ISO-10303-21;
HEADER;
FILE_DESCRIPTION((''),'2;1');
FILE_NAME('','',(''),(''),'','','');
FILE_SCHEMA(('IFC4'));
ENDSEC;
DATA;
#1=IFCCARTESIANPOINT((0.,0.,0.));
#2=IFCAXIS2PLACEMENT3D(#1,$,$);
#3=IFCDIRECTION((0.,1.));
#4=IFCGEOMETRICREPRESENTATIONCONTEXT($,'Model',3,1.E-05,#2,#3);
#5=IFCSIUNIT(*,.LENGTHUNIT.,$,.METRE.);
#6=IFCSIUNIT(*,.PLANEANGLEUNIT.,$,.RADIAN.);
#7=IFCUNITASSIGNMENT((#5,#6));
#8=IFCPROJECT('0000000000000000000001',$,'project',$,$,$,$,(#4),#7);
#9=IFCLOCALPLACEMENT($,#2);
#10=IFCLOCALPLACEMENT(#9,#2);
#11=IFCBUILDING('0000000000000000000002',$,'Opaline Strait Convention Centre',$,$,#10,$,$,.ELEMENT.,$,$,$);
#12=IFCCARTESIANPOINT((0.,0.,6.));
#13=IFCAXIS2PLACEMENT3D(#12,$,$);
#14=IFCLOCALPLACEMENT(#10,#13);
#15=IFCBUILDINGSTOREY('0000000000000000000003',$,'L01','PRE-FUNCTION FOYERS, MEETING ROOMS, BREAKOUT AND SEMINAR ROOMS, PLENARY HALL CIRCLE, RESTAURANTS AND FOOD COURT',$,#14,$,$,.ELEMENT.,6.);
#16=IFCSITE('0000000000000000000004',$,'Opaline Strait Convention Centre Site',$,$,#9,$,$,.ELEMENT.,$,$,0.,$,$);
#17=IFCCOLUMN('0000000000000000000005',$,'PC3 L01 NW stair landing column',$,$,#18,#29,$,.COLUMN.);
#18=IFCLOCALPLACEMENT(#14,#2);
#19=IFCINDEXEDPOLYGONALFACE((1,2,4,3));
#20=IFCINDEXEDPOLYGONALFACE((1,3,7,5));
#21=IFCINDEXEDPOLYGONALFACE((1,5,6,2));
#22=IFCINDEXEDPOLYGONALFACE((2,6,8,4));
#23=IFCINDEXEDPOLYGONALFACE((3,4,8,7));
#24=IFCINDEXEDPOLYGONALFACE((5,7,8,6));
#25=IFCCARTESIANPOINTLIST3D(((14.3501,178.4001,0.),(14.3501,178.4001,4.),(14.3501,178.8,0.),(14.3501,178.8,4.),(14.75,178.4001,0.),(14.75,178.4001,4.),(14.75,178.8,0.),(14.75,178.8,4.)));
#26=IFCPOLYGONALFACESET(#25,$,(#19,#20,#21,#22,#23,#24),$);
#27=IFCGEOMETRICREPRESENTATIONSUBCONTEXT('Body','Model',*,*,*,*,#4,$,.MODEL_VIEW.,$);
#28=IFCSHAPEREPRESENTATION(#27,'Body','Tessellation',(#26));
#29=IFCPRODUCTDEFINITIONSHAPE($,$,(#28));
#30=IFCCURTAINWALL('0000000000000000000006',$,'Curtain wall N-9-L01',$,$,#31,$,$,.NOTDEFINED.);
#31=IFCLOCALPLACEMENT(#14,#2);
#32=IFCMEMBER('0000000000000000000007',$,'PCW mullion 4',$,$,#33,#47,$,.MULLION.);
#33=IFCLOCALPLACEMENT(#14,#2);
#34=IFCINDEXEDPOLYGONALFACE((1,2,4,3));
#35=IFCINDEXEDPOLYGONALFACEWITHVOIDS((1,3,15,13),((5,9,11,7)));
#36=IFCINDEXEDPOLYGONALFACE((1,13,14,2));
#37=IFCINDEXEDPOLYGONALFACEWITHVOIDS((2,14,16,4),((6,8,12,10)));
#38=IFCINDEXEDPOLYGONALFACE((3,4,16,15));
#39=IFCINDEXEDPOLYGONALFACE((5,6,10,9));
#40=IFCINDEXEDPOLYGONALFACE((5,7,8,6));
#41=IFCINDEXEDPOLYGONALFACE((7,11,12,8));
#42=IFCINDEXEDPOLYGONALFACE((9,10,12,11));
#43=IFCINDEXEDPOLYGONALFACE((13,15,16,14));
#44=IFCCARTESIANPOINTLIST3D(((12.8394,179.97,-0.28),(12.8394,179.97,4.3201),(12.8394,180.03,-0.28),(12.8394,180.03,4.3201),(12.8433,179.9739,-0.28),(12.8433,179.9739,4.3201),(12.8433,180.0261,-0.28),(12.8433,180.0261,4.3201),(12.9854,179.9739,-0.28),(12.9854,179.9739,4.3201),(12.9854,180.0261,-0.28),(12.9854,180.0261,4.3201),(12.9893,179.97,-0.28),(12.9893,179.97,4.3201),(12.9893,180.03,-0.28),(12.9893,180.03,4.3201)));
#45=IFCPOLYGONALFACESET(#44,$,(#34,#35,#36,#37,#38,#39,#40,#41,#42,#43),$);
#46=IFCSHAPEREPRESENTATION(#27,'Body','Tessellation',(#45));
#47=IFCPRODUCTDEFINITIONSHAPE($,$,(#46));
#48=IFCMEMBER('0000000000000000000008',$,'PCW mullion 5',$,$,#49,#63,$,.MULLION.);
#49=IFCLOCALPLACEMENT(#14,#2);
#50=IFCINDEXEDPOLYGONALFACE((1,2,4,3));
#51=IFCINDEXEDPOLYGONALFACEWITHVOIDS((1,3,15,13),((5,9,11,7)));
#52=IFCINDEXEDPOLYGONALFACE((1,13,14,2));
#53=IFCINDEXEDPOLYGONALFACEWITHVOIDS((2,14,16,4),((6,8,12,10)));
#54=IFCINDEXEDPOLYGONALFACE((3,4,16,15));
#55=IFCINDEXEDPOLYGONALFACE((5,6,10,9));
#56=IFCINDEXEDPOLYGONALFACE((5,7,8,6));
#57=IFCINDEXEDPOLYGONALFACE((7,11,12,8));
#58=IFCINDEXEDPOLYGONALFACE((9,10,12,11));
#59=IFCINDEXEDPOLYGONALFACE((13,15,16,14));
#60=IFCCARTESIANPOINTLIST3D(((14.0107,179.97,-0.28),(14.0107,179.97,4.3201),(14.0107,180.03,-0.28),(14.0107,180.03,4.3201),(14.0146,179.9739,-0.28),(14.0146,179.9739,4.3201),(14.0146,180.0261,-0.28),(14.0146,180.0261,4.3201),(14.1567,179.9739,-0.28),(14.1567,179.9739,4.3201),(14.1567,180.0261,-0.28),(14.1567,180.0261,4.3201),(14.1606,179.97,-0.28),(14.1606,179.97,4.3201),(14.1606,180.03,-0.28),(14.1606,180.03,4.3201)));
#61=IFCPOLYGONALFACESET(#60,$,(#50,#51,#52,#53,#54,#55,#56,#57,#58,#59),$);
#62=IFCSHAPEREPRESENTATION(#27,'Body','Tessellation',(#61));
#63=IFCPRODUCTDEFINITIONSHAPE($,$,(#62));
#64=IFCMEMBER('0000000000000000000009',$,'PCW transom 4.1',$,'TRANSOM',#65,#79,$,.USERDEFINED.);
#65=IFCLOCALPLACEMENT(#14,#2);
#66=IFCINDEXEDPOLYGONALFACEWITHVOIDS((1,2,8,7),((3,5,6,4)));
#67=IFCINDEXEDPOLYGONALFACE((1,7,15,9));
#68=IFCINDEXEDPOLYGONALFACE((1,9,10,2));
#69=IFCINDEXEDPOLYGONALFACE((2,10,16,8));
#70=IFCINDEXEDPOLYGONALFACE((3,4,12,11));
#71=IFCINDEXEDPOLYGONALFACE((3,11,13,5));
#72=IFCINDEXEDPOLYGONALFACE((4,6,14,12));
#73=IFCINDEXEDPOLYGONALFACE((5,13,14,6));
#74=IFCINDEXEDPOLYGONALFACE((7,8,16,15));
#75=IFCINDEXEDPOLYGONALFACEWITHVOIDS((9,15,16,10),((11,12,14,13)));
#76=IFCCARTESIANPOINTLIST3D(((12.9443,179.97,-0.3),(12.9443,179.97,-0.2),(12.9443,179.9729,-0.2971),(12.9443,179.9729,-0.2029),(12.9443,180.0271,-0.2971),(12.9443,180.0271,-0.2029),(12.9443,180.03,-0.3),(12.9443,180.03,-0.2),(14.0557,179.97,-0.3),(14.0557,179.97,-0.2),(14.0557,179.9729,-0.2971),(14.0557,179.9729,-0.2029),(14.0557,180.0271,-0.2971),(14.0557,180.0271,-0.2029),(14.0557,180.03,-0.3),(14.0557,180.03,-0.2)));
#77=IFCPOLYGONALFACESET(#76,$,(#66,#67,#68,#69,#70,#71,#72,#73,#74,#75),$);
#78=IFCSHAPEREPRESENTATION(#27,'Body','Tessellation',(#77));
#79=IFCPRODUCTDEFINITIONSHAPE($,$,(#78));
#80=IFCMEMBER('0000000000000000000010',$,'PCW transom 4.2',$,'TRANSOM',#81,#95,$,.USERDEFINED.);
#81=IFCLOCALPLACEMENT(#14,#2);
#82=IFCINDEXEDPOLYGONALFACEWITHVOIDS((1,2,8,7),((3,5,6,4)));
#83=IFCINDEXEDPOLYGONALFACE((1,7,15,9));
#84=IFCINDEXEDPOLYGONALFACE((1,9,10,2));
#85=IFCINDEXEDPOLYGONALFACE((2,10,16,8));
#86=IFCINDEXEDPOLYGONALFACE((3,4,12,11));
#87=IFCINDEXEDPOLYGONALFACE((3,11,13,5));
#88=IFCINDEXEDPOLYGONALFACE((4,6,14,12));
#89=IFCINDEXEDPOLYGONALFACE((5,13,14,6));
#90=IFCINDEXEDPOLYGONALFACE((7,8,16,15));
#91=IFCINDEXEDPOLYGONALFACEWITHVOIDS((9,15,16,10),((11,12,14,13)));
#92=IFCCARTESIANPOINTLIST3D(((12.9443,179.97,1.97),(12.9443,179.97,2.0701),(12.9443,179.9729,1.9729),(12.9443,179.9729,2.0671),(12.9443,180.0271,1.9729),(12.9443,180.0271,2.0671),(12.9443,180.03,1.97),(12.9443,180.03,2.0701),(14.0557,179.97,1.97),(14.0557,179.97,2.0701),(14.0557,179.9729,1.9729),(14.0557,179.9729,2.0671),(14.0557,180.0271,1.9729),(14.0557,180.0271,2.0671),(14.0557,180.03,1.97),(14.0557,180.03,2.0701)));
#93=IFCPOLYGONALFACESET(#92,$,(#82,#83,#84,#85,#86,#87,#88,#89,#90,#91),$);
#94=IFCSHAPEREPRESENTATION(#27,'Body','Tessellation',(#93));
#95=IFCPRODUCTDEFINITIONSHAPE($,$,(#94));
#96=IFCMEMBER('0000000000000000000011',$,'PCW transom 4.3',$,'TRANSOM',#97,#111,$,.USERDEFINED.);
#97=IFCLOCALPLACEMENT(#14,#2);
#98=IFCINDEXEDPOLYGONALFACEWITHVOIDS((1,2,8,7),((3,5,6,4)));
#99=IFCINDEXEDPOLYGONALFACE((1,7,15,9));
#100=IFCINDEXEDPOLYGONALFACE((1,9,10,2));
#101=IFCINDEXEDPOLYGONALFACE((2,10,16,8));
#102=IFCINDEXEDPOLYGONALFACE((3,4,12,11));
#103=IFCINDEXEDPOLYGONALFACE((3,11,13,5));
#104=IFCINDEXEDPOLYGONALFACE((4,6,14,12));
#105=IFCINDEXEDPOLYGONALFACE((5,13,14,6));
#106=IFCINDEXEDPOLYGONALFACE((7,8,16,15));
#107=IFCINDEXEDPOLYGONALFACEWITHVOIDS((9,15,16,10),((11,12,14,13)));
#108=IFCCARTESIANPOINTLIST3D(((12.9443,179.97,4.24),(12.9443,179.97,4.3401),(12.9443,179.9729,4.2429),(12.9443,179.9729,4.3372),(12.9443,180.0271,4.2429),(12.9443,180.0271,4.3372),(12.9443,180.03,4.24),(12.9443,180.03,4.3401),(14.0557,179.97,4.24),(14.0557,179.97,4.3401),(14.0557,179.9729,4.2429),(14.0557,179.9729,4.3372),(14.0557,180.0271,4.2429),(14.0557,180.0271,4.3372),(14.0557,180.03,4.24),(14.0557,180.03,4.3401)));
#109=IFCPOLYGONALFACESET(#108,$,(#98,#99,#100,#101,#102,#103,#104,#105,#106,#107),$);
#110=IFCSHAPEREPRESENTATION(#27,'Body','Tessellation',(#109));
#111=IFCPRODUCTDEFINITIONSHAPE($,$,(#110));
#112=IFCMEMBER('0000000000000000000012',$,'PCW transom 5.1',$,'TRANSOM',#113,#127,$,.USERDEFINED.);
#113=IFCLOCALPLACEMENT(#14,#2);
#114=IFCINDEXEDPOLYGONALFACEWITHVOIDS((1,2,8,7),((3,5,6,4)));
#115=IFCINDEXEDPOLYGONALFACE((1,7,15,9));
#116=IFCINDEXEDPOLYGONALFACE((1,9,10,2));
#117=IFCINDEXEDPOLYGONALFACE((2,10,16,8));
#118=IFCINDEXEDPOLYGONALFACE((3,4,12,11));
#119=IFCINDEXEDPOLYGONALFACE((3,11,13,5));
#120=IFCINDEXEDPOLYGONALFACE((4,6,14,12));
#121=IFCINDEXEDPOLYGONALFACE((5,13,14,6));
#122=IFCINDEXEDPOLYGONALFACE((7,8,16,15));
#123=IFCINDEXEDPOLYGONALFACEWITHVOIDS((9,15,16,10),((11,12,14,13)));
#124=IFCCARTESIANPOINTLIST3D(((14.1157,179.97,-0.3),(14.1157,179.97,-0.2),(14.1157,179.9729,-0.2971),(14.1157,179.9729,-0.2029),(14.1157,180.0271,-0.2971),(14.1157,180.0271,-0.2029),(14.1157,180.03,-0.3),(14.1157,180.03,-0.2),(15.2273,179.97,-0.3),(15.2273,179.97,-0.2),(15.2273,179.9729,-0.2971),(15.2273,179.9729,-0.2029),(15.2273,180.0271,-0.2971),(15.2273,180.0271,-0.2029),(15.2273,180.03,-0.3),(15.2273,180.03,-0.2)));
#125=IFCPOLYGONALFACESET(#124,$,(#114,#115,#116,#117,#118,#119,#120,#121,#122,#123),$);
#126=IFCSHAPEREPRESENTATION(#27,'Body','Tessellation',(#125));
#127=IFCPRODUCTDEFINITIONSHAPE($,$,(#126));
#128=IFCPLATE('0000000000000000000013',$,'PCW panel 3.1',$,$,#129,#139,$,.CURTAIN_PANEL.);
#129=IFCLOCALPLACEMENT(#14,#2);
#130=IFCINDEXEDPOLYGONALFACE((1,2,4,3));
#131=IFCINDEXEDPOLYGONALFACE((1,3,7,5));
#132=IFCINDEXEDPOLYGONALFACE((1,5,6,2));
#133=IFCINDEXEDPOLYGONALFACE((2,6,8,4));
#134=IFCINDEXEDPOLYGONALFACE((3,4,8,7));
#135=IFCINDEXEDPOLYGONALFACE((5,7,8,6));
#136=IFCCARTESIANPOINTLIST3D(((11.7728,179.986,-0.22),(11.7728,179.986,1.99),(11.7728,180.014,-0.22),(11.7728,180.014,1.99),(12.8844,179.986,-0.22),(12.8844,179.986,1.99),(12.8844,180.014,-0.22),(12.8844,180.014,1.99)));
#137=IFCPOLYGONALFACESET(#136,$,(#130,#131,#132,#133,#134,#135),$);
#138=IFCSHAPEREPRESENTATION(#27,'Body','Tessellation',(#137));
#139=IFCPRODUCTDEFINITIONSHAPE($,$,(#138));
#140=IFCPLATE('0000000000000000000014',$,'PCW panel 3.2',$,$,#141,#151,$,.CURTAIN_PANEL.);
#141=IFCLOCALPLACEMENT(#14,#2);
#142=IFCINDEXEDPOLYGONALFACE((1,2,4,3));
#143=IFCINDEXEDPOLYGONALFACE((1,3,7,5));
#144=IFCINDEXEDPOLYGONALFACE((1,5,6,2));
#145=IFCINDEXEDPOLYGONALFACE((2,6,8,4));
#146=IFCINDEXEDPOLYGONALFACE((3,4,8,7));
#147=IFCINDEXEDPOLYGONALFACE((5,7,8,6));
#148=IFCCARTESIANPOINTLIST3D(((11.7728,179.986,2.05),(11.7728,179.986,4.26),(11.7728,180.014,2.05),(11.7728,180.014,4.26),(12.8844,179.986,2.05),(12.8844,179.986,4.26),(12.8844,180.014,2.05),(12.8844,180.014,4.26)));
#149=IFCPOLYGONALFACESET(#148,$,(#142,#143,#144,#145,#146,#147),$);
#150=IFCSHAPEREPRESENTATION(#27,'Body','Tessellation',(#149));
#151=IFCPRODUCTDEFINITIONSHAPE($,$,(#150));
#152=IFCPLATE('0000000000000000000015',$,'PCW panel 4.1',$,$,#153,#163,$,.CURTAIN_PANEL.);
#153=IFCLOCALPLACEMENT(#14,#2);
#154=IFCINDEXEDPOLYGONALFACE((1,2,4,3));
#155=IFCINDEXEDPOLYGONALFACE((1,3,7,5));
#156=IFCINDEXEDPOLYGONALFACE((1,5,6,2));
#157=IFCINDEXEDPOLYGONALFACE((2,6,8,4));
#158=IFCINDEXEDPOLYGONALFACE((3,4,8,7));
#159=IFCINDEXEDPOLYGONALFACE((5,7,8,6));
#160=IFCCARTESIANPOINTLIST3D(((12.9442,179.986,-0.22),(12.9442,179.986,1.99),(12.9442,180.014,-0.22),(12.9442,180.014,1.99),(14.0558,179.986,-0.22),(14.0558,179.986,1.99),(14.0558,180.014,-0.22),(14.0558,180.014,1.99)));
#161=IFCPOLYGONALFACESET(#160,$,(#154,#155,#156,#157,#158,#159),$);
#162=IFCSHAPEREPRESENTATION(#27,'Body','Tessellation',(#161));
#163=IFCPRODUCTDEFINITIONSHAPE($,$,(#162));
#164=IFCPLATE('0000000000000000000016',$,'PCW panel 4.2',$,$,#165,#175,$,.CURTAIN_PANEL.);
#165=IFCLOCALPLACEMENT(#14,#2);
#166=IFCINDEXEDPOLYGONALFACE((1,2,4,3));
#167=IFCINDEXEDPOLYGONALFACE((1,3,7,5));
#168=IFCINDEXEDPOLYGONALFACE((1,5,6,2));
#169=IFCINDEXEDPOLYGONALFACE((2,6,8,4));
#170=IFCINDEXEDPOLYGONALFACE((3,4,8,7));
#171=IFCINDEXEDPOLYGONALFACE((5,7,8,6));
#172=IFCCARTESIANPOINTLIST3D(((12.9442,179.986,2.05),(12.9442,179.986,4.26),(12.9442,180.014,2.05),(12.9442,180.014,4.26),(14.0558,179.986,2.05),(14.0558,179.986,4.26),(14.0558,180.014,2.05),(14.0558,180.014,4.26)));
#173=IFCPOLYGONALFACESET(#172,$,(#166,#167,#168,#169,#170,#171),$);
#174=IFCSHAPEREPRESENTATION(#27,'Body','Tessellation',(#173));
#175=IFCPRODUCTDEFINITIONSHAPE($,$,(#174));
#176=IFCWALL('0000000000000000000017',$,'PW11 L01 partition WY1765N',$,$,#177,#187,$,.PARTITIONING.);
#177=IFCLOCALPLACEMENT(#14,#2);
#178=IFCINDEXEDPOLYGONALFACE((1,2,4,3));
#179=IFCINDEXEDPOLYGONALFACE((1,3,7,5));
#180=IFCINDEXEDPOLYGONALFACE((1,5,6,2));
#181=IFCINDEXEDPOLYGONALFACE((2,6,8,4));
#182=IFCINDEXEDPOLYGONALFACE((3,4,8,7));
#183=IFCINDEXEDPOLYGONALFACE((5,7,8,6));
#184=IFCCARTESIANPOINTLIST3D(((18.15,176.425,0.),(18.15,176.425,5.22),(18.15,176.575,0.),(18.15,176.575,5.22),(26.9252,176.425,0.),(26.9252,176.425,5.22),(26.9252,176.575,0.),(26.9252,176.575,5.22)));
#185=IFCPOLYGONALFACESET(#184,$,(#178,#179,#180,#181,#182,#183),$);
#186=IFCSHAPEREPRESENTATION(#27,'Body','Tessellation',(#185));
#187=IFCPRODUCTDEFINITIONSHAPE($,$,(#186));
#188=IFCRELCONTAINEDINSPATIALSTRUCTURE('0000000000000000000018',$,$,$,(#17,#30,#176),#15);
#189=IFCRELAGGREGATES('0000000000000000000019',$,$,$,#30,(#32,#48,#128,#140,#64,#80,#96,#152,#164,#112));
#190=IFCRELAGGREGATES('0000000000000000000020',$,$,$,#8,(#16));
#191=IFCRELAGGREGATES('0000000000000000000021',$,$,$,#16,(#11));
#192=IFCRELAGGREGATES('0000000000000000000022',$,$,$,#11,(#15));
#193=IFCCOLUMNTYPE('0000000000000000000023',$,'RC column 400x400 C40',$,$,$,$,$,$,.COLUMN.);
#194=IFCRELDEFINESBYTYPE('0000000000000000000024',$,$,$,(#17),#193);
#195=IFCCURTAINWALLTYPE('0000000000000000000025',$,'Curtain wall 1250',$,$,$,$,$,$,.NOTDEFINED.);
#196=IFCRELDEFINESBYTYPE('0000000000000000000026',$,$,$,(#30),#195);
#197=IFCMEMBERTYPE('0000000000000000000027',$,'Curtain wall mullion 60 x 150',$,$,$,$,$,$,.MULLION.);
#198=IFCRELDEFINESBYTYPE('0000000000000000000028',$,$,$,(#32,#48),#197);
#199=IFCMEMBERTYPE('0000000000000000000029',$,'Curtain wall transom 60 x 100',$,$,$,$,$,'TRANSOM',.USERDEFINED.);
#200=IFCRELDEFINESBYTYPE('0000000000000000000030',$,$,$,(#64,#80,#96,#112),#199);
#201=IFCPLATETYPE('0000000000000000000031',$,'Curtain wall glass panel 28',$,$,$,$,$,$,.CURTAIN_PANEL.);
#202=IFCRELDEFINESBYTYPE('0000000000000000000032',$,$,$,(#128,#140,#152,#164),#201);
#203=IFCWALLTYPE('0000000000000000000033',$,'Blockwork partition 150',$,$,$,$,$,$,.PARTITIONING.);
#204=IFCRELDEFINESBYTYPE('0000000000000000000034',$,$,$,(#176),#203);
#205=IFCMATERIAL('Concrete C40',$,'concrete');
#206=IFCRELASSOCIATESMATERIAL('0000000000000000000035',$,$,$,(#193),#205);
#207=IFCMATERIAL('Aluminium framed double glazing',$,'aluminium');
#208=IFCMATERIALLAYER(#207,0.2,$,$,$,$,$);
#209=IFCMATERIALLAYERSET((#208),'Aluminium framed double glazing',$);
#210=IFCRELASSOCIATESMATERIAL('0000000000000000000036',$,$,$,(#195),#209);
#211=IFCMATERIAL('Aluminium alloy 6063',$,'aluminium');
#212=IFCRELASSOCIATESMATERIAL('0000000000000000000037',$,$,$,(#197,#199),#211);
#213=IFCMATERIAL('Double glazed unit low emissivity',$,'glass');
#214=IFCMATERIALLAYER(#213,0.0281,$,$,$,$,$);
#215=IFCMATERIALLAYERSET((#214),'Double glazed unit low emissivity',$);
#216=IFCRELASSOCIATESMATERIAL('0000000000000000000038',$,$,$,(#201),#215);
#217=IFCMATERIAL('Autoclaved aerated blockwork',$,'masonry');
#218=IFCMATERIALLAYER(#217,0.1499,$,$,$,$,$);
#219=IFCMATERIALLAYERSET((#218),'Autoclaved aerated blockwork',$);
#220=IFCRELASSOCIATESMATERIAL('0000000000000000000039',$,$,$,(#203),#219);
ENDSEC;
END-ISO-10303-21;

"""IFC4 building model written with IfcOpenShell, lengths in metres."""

from ifc_helpers import new_model, si_unit, direction, frame, frame_2d, origin, origin_2d, place, context, subcontext, project, spatial, rectangle, hollow_rectangle, extrude, material, layer, layer_set, material_profile, profile_set, type_object, element, aggregate, save


model = new_model("IFC4")

# Units and contexts
model_context = context("Model", 3, precision=1e-05, world=origin(), true_north=direction((0.0, 1.0)))
body_context = subcontext(model_context, "Body", "Model", "MODEL_VIEW")
ifc_project = project(units=[si_unit("LENGTHUNIT", "METRE"), si_unit("PLANEANGLEUNIT", "RADIAN")], contexts=[model_context])

# Site, building, storey
site_placement = place(None, origin())
site = spatial("IfcSite", under=ifc_project, at=site_placement, Name="Opaline Strait Convention Centre Site", CompositionType="ELEMENT", RefElevation=0.0)
building_placement = place(site_placement, origin())
building = spatial("IfcBuilding", under=site, at=building_placement, Name="Opaline Strait Convention Centre", CompositionType="ELEMENT")
storey_placement = place(building_placement, frame((0.0, 0.0, 6.0)))
storey = spatial("IfcBuildingStorey", under=building, at=storey_placement, Name="L01", Description="PRE-FUNCTION FOYERS, MEETING ROOMS, BREAKOUT AND SEMINAR ROOMS, PLENARY HALL CIRCLE, RESTAURANTS AND FOOD COURT", CompositionType="ELEMENT", Elevation=6.0)

# Column
ifc_material_1 = material(Name="Concrete C40", Category="concrete")
ifc_material_profile_1 = material_profile(ifc_material_1, rectangle(XDim=0.3999, YDim=0.3999, at=origin_2d()), Name="RC 400x400")
ifc_profile_set_1 = profile_set([ifc_material_profile_1], Name="Concrete C40")
column_type = type_object("IfcColumnType", Name="RC column 400x400 C40", PredefinedType="COLUMN", material=ifc_profile_set_1)
column_placement = place(storey_placement, frame((14.55, 178.6001, 0.0), z_axis=(0.0, 0.0, 1.0), x_axis=(1.0, 0.0, 0.0)))
element("IfcColumn", 1, at=column_placement, inside=storey, type_object=column_type, Name="PC3 L01 NW stair landing column", PredefinedType="COLUMN", context=body_context, shape_type="SweptSolid", body=[
    extrude(rectangle(XDim=0.3999, YDim=0.3999, at=origin_2d()), origin(), (0.0, 0.0, 1.0), 4.0),
])

# Curtain wall, members, plates
ifc_material_2 = material(Name="Aluminium framed double glazing", Category="aluminium")
ifc_layer_1 = layer(ifc_material_2, 0.2)
ifc_layer_set_1 = layer_set([ifc_layer_1], Name="Aluminium framed double glazing")
curtain_wall_type = type_object("IfcCurtainWallType", Name="Curtain wall 1250", PredefinedType="NOTDEFINED", material=ifc_layer_set_1)
curtain_wall_placement = place(storey_placement, origin())
curtain_wall = element("IfcCurtainWall", 2, at=curtain_wall_placement, inside=storey, type_object=curtain_wall_type, Name="Curtain wall N-9-L01", PredefinedType="NOTDEFINED")
ifc_material_3 = material(Name="Aluminium alloy 6063", Category="aluminium")
ifc_material_profile_2 = material_profile(ifc_material_3, hollow_rectangle(XDim=0.0601, YDim=0.1499, WallThickness=0.0039, at=origin_2d()), Name="MULLION 60x150x4")
ifc_profile_set_2 = profile_set([ifc_material_profile_2], Name="Aluminium alloy 6063")
member_type_1 = type_object("IfcMemberType", Name="Curtain wall mullion 60 x 150", PredefinedType="MULLION", material=ifc_profile_set_2)
member_1_placement = place(storey_placement, frame((12.9143, 180.0, -0.28), z_axis=(0.0, 0.0, 1.0), x_axis=(0.0, 1.0, 0.0)))
member_1 = element("IfcMember", 3, at=member_1_placement, type_object=member_type_1, Name="PCW mullion 4", PredefinedType="MULLION", context=body_context, shape_type="SweptSolid", body=[
    extrude(hollow_rectangle(XDim=0.0601, YDim=0.1499, WallThickness=0.0039, at=origin_2d()), origin(), (0.0, 0.0, 1.0), 4.6001),
])
member_2_placement = place(storey_placement, frame((14.0857, 180.0, -0.28), z_axis=(0.0, 0.0, 1.0), x_axis=(0.0, 1.0, 0.0)))
member_2 = element("IfcMember", 4, at=member_2_placement, type_object=member_type_1, Name="PCW mullion 5", PredefinedType="MULLION", context=body_context, shape_type="SweptSolid", body=[
    extrude(hollow_rectangle(XDim=0.0601, YDim=0.1499, WallThickness=0.0039, at=origin_2d()), origin(), (0.0, 0.0, 1.0), 4.6001),
])
ifc_material_profile_3 = material_profile(ifc_material_3, hollow_rectangle(XDim=0.0601, YDim=0.1001, WallThickness=0.0029, at=origin_2d()), Name="TRANSOM 60x100x3")
ifc_profile_set_3 = profile_set([ifc_material_profile_3], Name="Aluminium alloy 6063")
member_type_2 = type_object("IfcMemberType", Name="Curtain wall transom 60 x 100", ElementType="TRANSOM", PredefinedType="USERDEFINED", material=ifc_profile_set_3)
member_3_placement = place(storey_placement, frame((12.9443, 180.0, -0.25), z_axis=(1.0, 0.0, 0.0), x_axis=(0.0, 1.0, 0.0)))
member_3 = element("IfcMember", 5, at=member_3_placement, type_object=member_type_2, Name="PCW transom 4.1", ObjectType="TRANSOM", PredefinedType="USERDEFINED", context=body_context, shape_type="SweptSolid", body=[
    extrude(hollow_rectangle(XDim=0.0601, YDim=0.1001, WallThickness=0.0029, at=origin_2d()), origin(), (0.0, 0.0, 1.0), 1.1113),
])
member_4_placement = place(storey_placement, frame((12.9443, 180.0, 2.02), z_axis=(1.0, 0.0, 0.0), x_axis=(0.0, 1.0, 0.0)))
member_4 = element("IfcMember", 6, at=member_4_placement, type_object=member_type_2, Name="PCW transom 4.2", ObjectType="TRANSOM", PredefinedType="USERDEFINED", context=body_context, shape_type="SweptSolid", body=[
    extrude(hollow_rectangle(XDim=0.0601, YDim=0.1001, WallThickness=0.0029, at=origin_2d()), origin(), (0.0, 0.0, 1.0), 1.1113),
])
member_5_placement = place(storey_placement, frame((12.9443, 180.0, 4.29), z_axis=(1.0, 0.0, 0.0), x_axis=(0.0, 1.0, 0.0)))
member_5 = element("IfcMember", 7, at=member_5_placement, type_object=member_type_2, Name="PCW transom 4.3", ObjectType="TRANSOM", PredefinedType="USERDEFINED", context=body_context, shape_type="SweptSolid", body=[
    extrude(hollow_rectangle(XDim=0.0601, YDim=0.1001, WallThickness=0.0029, at=origin_2d()), origin(), (0.0, 0.0, 1.0), 1.1113),
])
member_6_placement = place(storey_placement, frame((14.1157, 180.0, -0.25), z_axis=(1.0, 0.0, 0.0), x_axis=(0.0, 1.0, 0.0)))
member_6 = element("IfcMember", 8, at=member_6_placement, type_object=member_type_2, Name="PCW transom 5.1", ObjectType="TRANSOM", PredefinedType="USERDEFINED", context=body_context, shape_type="SweptSolid", body=[
    extrude(hollow_rectangle(XDim=0.0601, YDim=0.1001, WallThickness=0.0029, at=origin_2d()), origin(), (0.0, 0.0, 1.0), 1.1116),
])
ifc_material_4 = material(Name="Double glazed unit low emissivity", Category="glass")
ifc_layer_2 = layer(ifc_material_4, 0.0281)
ifc_layer_set_2 = layer_set([ifc_layer_2], Name="Double glazed unit low emissivity")
plate_type = type_object("IfcPlateType", Name="Curtain wall glass panel 28", PredefinedType="CURTAIN_PANEL", material=ifc_layer_set_2)
plate_1_placement = place(storey_placement, frame((12.3286, 180.0, -0.22), z_axis=(0.0, 0.0, 1.0), x_axis=(1.0, 0.0, 0.0)))
plate_1 = element("IfcPlate", 9, at=plate_1_placement, type_object=plate_type, Name="PCW panel 3.1", PredefinedType="CURTAIN_PANEL", context=body_context, shape_type="SweptSolid", body=[
    extrude(rectangle(XDim=1.1116, YDim=0.0281, at=origin_2d()), origin(), (0.0, 0.0, 1.0), 2.21),
])
plate_2_placement = place(storey_placement, frame((12.3286, 180.0, 2.05), z_axis=(0.0, 0.0, 1.0), x_axis=(1.0, 0.0, 0.0)))
plate_2 = element("IfcPlate", 10, at=plate_2_placement, type_object=plate_type, Name="PCW panel 3.2", PredefinedType="CURTAIN_PANEL", context=body_context, shape_type="SweptSolid", body=[
    extrude(rectangle(XDim=1.1116, YDim=0.0281, at=origin_2d()), origin(), (0.0, 0.0, 1.0), 2.21),
])
plate_3_placement = place(storey_placement, frame((13.5, 180.0, -0.22), z_axis=(0.0, 0.0, 1.0), x_axis=(1.0, 0.0, 0.0)))
plate_3 = element("IfcPlate", 11, at=plate_3_placement, type_object=plate_type, Name="PCW panel 4.1", PredefinedType="CURTAIN_PANEL", context=body_context, shape_type="SweptSolid", body=[
    extrude(rectangle(XDim=1.1116, YDim=0.0281, at=origin_2d()), origin(), (0.0, 0.0, 1.0), 2.21),
])
plate_4_placement = place(storey_placement, frame((13.5, 180.0, 2.05), z_axis=(0.0, 0.0, 1.0), x_axis=(1.0, 0.0, 0.0)))
plate_4 = element("IfcPlate", 12, at=plate_4_placement, type_object=plate_type, Name="PCW panel 4.2", PredefinedType="CURTAIN_PANEL", context=body_context, shape_type="SweptSolid", body=[
    extrude(rectangle(XDim=1.1116, YDim=0.0281, at=origin_2d()), origin(), (0.0, 0.0, 1.0), 2.21),
])
aggregate(curtain_wall, [member_1, member_2, plate_1, plate_2, member_3, member_4, member_5, plate_3, plate_4, member_6])

# Wall
ifc_material_5 = material(Name="Autoclaved aerated blockwork", Category="masonry")
ifc_layer_3 = layer(ifc_material_5, 0.1499)
ifc_layer_set_3 = layer_set([ifc_layer_3], Name="Autoclaved aerated blockwork")
wall_type_1 = type_object("IfcWallType", Name="Blockwork partition 150", PredefinedType="PARTITIONING", material=ifc_layer_set_3)
wall_1_placement = place(storey_placement, frame((18.1499, 176.5, 0.0), z_axis=(0.0, 0.0, 1.0), x_axis=(1.0, 0.0, 0.0)))
element("IfcWall", 13, at=wall_1_placement, inside=storey, type_object=wall_type_1, Name="PW11 L01 partition WY1765N", PredefinedType="PARTITIONING", context=body_context, shape_type="SweptSolid", body=[
    extrude(rectangle(XDim=8.7751, YDim=0.1499, at=frame_2d((4.3877, 0.0))), origin(), (0.0, 0.0, 1.0), 5.22),
])

save(model, "model.ifc")
